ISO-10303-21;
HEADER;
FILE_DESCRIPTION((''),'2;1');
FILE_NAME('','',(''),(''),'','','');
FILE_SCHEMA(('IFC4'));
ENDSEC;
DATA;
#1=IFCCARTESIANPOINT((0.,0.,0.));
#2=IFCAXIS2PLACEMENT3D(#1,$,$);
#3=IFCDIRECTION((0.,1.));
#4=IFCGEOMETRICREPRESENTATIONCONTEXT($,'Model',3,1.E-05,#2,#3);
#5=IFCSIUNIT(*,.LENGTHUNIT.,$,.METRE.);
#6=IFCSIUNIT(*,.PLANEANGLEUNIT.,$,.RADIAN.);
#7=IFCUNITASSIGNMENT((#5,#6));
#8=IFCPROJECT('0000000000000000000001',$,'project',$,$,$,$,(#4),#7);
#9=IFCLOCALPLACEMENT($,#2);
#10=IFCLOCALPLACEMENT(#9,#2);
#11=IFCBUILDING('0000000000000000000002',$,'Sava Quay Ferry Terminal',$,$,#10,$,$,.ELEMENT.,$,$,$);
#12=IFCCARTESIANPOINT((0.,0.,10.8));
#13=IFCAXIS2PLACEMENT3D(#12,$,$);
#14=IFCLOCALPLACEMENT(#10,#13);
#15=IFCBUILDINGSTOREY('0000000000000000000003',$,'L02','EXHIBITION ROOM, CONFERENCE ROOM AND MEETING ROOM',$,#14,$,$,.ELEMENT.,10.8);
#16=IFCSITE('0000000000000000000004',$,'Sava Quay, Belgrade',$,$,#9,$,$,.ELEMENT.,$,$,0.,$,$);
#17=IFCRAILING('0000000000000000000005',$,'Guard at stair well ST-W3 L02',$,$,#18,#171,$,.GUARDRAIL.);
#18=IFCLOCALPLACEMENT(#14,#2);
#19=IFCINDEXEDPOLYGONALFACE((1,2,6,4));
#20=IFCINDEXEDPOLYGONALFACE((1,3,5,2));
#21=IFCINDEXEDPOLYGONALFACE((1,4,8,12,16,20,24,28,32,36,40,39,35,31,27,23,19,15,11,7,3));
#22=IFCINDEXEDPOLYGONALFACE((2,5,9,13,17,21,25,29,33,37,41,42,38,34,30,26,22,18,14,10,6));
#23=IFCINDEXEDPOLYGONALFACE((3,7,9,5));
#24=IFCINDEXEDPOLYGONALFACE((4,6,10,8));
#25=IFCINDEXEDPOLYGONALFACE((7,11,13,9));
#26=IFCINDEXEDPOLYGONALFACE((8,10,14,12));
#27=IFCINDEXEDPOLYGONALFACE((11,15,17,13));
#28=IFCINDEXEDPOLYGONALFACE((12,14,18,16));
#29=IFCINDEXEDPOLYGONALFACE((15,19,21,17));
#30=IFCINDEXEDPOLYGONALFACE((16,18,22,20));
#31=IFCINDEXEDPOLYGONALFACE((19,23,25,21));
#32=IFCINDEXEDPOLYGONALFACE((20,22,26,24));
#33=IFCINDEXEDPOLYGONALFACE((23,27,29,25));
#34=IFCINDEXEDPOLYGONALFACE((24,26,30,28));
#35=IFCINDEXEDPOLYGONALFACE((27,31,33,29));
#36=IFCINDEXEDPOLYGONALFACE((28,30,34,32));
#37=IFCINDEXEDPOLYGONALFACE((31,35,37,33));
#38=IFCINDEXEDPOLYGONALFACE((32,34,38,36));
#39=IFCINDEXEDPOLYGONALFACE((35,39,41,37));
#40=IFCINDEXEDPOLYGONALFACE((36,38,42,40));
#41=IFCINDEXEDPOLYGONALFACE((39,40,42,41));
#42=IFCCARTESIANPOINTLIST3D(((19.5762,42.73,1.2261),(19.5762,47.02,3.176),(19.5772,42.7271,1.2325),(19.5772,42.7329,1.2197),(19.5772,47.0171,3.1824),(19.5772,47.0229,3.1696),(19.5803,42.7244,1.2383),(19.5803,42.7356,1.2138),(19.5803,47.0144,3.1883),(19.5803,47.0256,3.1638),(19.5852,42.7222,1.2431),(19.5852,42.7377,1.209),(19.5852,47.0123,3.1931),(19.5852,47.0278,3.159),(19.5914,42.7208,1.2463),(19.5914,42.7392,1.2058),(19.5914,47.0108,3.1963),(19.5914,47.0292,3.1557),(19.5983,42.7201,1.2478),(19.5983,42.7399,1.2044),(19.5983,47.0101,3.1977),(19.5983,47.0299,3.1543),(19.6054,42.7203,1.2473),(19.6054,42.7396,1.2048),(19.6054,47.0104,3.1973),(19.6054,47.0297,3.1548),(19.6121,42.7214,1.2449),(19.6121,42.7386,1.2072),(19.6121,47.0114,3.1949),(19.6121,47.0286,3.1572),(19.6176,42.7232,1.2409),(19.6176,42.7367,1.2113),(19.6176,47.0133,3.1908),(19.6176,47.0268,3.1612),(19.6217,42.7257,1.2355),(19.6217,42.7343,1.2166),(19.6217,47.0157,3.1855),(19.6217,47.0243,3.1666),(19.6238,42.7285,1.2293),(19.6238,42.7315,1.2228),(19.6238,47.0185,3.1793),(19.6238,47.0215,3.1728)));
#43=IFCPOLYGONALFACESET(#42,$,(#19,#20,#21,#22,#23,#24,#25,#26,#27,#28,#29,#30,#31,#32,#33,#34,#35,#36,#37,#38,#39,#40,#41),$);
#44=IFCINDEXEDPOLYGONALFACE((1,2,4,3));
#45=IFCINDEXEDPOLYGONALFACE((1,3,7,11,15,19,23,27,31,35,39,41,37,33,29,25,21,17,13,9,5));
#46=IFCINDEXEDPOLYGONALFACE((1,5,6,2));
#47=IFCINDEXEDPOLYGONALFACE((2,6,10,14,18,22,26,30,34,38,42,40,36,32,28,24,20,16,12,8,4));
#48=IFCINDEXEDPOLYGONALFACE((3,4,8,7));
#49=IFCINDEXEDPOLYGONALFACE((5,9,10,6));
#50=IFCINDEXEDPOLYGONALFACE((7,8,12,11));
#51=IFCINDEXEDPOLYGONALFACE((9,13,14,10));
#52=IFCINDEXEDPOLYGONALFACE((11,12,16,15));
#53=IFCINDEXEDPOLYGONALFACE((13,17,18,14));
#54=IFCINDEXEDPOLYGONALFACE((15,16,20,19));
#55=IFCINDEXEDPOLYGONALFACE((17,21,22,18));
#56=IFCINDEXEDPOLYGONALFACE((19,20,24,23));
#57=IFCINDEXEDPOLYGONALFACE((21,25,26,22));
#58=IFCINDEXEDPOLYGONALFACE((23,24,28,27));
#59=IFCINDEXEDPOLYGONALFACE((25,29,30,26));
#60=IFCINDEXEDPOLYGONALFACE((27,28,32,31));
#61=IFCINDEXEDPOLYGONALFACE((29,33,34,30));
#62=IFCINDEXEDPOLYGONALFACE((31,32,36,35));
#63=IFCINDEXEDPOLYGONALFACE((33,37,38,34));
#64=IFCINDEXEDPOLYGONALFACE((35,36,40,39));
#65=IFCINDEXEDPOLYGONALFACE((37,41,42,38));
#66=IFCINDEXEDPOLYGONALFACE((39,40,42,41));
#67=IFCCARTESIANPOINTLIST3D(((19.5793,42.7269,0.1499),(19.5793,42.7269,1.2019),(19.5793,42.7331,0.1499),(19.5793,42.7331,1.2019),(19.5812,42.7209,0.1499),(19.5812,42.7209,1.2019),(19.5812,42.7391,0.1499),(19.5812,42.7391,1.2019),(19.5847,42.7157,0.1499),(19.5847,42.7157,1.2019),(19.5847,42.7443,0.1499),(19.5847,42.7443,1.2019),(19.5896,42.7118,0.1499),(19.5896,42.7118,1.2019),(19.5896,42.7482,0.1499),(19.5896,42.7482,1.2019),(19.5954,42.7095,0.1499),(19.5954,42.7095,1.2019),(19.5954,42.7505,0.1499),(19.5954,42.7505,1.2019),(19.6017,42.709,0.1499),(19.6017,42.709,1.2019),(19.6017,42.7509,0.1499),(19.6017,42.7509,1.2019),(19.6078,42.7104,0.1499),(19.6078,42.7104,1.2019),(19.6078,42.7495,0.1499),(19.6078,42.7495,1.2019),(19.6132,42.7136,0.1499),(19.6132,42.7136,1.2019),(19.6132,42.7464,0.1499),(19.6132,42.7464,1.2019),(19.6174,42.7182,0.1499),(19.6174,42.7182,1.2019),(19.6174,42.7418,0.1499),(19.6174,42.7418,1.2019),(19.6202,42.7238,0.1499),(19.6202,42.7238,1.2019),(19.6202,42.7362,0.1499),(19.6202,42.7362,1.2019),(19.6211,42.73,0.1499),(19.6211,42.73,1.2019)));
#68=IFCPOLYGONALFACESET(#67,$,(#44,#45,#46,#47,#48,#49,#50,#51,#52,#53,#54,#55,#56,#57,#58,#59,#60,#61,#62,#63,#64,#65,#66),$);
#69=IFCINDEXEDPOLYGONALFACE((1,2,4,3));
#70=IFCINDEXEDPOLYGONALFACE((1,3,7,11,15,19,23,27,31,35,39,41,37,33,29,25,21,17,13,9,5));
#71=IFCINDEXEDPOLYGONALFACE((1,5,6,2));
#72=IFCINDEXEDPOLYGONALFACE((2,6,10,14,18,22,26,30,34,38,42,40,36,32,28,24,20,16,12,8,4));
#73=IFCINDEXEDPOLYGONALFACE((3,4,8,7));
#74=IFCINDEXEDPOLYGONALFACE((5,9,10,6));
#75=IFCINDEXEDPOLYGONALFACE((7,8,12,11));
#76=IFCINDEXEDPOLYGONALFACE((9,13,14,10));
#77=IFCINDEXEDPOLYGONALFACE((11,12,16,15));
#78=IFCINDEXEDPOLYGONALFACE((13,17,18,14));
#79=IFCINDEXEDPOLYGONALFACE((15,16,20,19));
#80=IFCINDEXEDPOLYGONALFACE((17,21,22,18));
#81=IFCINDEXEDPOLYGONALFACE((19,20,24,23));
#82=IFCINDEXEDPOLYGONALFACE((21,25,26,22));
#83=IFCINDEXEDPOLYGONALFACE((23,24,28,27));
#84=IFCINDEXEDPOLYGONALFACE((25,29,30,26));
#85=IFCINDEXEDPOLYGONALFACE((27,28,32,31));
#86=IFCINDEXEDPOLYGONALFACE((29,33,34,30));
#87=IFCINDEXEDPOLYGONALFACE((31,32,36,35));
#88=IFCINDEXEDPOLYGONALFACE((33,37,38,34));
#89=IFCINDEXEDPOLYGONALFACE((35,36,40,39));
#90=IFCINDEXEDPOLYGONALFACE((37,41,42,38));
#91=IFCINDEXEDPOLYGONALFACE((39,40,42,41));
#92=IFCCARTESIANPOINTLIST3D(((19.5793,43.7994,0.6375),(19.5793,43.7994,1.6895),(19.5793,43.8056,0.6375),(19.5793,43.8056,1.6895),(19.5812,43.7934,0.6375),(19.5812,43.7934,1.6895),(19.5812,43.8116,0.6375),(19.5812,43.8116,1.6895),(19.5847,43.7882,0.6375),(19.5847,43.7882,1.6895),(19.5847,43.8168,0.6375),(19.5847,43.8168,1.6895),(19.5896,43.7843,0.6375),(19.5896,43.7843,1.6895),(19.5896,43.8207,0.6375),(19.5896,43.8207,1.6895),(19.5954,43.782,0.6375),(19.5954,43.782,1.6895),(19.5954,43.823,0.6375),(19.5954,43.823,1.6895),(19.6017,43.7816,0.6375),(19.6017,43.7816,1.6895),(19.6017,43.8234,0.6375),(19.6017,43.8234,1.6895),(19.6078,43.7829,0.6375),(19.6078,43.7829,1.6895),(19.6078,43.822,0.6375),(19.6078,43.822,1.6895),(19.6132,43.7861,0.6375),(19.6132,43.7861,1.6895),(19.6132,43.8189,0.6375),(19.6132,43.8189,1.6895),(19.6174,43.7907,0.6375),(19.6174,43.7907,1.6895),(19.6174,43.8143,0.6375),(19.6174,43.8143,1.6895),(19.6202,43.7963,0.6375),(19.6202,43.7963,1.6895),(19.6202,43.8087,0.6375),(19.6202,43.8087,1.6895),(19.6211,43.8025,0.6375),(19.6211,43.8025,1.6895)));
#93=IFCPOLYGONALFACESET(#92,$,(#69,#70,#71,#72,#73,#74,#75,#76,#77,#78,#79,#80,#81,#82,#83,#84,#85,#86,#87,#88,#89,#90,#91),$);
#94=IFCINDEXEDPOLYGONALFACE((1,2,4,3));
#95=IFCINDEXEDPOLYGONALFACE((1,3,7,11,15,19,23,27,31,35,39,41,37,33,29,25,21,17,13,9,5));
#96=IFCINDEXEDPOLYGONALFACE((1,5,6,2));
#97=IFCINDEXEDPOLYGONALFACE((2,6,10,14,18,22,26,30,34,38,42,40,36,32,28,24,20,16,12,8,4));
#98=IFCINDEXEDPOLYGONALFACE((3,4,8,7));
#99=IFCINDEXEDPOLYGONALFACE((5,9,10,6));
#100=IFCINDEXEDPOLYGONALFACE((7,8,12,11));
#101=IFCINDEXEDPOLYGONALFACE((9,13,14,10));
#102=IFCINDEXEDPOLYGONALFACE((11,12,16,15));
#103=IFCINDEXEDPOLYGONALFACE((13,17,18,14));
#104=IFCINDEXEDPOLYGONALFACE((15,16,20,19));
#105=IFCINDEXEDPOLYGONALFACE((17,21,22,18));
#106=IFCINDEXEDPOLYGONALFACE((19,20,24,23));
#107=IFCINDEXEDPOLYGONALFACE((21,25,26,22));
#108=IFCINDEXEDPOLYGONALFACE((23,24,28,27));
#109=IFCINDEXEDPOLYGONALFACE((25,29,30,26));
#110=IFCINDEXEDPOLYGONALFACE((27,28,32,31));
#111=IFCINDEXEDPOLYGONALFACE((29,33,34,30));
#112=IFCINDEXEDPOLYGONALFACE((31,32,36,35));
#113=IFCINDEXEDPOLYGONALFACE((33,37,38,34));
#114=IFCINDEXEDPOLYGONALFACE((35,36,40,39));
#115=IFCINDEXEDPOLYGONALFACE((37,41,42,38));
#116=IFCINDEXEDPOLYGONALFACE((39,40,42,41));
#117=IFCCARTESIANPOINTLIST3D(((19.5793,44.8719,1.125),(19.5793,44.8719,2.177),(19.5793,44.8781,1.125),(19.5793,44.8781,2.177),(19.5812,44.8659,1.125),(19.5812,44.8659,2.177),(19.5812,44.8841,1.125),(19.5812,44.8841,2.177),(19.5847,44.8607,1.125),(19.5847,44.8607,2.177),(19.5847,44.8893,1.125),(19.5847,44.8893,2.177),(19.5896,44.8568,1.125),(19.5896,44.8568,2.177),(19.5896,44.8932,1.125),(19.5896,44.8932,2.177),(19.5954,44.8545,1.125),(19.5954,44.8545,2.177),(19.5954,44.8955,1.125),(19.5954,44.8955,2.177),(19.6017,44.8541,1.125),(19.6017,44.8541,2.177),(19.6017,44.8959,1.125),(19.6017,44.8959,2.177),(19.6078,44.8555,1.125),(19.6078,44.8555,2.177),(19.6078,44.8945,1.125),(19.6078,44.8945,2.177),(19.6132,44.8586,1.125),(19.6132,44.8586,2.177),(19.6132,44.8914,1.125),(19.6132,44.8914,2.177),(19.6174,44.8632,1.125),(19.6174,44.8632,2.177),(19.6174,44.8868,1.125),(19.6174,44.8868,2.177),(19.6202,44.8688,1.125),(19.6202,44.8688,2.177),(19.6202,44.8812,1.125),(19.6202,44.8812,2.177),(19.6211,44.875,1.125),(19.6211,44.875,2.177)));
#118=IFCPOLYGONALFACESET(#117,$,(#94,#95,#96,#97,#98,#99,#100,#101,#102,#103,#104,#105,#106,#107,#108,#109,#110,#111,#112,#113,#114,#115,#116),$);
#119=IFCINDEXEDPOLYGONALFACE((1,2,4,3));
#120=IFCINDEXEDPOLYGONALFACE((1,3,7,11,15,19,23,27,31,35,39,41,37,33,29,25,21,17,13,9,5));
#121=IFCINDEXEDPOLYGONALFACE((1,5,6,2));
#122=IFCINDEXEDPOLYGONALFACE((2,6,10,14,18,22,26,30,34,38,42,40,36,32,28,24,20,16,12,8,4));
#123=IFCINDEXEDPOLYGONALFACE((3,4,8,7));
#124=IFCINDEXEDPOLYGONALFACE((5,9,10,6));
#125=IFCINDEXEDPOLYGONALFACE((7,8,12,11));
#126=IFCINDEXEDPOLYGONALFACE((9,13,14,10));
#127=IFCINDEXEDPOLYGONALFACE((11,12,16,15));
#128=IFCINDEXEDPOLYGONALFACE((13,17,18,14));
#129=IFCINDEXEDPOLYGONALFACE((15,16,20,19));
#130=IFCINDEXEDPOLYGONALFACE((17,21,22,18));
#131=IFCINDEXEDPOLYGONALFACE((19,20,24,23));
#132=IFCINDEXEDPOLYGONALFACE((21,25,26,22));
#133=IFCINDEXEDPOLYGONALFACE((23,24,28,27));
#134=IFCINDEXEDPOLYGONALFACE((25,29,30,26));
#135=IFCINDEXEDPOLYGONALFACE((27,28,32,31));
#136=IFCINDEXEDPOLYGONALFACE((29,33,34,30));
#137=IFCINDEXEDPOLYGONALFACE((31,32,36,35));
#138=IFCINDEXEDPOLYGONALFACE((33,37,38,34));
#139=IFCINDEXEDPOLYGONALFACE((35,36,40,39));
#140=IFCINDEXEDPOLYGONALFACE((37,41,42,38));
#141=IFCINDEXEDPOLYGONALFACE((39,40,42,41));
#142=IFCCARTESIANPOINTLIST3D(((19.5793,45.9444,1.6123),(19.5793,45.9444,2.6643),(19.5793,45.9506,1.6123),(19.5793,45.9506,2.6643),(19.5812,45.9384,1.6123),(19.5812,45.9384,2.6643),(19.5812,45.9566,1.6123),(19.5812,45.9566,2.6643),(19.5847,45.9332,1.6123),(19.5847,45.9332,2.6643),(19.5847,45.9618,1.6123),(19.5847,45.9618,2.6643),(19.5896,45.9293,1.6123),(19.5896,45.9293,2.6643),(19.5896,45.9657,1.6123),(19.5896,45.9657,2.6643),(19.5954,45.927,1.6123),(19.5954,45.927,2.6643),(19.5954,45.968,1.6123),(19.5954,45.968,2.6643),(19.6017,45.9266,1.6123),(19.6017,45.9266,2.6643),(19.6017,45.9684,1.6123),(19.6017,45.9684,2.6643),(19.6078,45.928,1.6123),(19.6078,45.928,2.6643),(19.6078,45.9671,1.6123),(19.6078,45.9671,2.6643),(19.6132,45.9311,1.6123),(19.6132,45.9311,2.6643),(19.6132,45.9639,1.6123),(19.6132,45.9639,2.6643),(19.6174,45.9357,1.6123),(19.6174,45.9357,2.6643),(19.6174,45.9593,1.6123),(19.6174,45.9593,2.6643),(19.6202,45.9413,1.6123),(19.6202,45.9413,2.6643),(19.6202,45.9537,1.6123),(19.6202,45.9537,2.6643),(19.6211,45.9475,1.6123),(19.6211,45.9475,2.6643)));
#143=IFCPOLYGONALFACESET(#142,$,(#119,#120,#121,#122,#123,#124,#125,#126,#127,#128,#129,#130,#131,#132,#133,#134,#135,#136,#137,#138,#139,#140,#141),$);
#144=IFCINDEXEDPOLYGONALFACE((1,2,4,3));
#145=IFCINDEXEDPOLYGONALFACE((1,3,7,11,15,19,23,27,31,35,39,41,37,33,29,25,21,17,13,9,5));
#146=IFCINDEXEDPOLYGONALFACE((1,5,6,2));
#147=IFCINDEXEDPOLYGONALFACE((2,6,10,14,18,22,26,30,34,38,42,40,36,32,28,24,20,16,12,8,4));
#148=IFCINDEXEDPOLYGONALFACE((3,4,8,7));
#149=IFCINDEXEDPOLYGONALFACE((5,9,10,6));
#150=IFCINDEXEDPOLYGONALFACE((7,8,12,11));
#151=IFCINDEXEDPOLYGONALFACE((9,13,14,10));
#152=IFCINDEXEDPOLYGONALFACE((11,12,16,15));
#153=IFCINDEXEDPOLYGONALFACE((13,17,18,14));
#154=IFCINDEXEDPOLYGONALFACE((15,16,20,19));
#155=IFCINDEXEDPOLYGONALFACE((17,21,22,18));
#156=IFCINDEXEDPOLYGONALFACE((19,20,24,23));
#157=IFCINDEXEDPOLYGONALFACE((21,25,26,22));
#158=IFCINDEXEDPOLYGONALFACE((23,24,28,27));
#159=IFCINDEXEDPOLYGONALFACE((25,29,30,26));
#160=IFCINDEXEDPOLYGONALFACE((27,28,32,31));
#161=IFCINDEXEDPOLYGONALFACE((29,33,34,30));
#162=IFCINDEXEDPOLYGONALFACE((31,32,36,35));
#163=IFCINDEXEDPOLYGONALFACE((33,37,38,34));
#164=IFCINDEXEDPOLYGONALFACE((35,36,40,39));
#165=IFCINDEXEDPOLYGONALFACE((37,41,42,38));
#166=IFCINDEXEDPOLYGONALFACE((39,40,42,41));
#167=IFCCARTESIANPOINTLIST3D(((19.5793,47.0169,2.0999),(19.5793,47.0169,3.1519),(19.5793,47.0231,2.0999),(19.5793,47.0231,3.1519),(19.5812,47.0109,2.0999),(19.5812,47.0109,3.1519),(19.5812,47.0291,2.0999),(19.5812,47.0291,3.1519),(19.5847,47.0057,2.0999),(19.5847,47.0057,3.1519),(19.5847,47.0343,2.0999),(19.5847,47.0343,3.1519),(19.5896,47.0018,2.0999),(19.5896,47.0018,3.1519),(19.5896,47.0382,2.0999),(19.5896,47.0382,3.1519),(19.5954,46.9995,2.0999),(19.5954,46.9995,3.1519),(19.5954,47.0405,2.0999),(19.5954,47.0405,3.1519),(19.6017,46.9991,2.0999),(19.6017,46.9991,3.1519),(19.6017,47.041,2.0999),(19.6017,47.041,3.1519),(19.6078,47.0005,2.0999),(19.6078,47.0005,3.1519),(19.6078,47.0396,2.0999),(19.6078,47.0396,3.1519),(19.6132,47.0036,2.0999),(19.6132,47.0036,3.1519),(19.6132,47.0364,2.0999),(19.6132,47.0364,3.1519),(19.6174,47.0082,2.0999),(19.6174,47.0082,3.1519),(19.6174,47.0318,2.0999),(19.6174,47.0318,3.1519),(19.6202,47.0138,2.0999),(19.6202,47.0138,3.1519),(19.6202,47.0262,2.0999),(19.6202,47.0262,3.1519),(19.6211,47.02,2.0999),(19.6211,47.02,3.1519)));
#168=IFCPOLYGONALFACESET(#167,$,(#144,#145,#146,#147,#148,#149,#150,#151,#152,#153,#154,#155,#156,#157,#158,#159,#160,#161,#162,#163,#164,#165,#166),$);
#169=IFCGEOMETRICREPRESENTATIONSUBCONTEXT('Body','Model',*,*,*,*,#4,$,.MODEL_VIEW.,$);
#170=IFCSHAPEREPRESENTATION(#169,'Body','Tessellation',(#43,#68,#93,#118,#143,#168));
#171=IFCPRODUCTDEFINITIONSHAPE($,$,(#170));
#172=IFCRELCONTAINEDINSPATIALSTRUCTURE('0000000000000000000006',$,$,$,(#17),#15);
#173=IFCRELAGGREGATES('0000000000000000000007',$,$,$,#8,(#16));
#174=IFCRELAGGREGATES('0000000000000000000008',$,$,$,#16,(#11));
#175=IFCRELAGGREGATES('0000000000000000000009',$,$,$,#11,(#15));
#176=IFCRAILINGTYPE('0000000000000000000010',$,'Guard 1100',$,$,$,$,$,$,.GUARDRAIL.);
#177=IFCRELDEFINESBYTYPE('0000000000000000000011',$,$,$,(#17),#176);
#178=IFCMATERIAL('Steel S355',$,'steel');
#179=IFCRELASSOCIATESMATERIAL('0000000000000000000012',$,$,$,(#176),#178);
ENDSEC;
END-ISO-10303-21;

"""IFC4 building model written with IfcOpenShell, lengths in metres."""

from ifc_helpers import new_model, si_unit, direction, frame, origin, origin_2d, place, context, subcontext, project, spatial, circle, extrude, material, type_object, element, save


model = new_model("IFC4")

# Units and contexts
model_context = context("Model", 3, precision=1e-05, world=origin(), true_north=direction((0.0, 1.0)))
body_context = subcontext(model_context, "Body", "Model", "MODEL_VIEW")
ifc_project = project(units=[si_unit("LENGTHUNIT", "METRE"), si_unit("PLANEANGLEUNIT", "RADIAN")], contexts=[model_context])

# Site, building, storey
site_placement = place(None, origin())
site = spatial("IfcSite", under=ifc_project, at=site_placement, Name="Sava Quay, Belgrade", CompositionType="ELEMENT", RefElevation=0.0)
building_placement = place(site_placement, origin())
building = spatial("IfcBuilding", under=site, at=building_placement, Name="Sava Quay Ferry Terminal", CompositionType="ELEMENT")
storey_placement = place(building_placement, frame((0.0, 0.0, 10.8)))
storey = spatial("IfcBuildingStorey", under=building, at=storey_placement, Name="L02", Description="EXHIBITION ROOM, CONFERENCE ROOM AND MEETING ROOM", CompositionType="ELEMENT", Elevation=10.8)

# Railing
ifc_material_1 = material(Name="Steel S355", Category="steel")
railing_type_1 = type_object("IfcRailingType", Name="Guard 1100", PredefinedType="GUARDRAIL", material=ifc_material_1)
railing_1_placement = place(storey_placement, frame((19.6001, 42.73, 0.1499)))
element("IfcRailing", 1, at=railing_1_placement, inside=storey, type_object=railing_type_1, Name="Guard at stair well ST-W3 L02", PredefinedType="GUARDRAIL", context=body_context, shape_type="SweptSolid", body=[
    extrude(circle(Radius=0.0239, at=origin_2d()), frame((0.0, 0.0, 1.0762), z_axis=(0.0, 0.910372, 0.413791), x_axis=(-1.0, 0.0, 0.0)), (0.0, 0.0, 1.0), 4.7124),
    extrude(circle(Radius=0.021, at=origin_2d()), origin(), (0.0, 0.0, 1.0), 1.052),
    extrude(circle(Radius=0.021, at=origin_2d()), frame((0.0, 1.0725, 0.4875)), (0.0, 0.0, 1.0), 1.052),
    extrude(circle(Radius=0.021, at=origin_2d()), frame((0.0, 2.145, 0.9751)), (0.0, 0.0, 1.0), 1.052),
    extrude(circle(Radius=0.021, at=origin_2d()), frame((0.0, 3.2175, 1.4624)), (0.0, 0.0, 1.0), 1.052),
    extrude(circle(Radius=0.021, at=origin_2d()), frame((0.0, 4.29, 1.95)), (0.0, 0.0, 1.0), 1.052),
])

save(model, "model.ifc")
